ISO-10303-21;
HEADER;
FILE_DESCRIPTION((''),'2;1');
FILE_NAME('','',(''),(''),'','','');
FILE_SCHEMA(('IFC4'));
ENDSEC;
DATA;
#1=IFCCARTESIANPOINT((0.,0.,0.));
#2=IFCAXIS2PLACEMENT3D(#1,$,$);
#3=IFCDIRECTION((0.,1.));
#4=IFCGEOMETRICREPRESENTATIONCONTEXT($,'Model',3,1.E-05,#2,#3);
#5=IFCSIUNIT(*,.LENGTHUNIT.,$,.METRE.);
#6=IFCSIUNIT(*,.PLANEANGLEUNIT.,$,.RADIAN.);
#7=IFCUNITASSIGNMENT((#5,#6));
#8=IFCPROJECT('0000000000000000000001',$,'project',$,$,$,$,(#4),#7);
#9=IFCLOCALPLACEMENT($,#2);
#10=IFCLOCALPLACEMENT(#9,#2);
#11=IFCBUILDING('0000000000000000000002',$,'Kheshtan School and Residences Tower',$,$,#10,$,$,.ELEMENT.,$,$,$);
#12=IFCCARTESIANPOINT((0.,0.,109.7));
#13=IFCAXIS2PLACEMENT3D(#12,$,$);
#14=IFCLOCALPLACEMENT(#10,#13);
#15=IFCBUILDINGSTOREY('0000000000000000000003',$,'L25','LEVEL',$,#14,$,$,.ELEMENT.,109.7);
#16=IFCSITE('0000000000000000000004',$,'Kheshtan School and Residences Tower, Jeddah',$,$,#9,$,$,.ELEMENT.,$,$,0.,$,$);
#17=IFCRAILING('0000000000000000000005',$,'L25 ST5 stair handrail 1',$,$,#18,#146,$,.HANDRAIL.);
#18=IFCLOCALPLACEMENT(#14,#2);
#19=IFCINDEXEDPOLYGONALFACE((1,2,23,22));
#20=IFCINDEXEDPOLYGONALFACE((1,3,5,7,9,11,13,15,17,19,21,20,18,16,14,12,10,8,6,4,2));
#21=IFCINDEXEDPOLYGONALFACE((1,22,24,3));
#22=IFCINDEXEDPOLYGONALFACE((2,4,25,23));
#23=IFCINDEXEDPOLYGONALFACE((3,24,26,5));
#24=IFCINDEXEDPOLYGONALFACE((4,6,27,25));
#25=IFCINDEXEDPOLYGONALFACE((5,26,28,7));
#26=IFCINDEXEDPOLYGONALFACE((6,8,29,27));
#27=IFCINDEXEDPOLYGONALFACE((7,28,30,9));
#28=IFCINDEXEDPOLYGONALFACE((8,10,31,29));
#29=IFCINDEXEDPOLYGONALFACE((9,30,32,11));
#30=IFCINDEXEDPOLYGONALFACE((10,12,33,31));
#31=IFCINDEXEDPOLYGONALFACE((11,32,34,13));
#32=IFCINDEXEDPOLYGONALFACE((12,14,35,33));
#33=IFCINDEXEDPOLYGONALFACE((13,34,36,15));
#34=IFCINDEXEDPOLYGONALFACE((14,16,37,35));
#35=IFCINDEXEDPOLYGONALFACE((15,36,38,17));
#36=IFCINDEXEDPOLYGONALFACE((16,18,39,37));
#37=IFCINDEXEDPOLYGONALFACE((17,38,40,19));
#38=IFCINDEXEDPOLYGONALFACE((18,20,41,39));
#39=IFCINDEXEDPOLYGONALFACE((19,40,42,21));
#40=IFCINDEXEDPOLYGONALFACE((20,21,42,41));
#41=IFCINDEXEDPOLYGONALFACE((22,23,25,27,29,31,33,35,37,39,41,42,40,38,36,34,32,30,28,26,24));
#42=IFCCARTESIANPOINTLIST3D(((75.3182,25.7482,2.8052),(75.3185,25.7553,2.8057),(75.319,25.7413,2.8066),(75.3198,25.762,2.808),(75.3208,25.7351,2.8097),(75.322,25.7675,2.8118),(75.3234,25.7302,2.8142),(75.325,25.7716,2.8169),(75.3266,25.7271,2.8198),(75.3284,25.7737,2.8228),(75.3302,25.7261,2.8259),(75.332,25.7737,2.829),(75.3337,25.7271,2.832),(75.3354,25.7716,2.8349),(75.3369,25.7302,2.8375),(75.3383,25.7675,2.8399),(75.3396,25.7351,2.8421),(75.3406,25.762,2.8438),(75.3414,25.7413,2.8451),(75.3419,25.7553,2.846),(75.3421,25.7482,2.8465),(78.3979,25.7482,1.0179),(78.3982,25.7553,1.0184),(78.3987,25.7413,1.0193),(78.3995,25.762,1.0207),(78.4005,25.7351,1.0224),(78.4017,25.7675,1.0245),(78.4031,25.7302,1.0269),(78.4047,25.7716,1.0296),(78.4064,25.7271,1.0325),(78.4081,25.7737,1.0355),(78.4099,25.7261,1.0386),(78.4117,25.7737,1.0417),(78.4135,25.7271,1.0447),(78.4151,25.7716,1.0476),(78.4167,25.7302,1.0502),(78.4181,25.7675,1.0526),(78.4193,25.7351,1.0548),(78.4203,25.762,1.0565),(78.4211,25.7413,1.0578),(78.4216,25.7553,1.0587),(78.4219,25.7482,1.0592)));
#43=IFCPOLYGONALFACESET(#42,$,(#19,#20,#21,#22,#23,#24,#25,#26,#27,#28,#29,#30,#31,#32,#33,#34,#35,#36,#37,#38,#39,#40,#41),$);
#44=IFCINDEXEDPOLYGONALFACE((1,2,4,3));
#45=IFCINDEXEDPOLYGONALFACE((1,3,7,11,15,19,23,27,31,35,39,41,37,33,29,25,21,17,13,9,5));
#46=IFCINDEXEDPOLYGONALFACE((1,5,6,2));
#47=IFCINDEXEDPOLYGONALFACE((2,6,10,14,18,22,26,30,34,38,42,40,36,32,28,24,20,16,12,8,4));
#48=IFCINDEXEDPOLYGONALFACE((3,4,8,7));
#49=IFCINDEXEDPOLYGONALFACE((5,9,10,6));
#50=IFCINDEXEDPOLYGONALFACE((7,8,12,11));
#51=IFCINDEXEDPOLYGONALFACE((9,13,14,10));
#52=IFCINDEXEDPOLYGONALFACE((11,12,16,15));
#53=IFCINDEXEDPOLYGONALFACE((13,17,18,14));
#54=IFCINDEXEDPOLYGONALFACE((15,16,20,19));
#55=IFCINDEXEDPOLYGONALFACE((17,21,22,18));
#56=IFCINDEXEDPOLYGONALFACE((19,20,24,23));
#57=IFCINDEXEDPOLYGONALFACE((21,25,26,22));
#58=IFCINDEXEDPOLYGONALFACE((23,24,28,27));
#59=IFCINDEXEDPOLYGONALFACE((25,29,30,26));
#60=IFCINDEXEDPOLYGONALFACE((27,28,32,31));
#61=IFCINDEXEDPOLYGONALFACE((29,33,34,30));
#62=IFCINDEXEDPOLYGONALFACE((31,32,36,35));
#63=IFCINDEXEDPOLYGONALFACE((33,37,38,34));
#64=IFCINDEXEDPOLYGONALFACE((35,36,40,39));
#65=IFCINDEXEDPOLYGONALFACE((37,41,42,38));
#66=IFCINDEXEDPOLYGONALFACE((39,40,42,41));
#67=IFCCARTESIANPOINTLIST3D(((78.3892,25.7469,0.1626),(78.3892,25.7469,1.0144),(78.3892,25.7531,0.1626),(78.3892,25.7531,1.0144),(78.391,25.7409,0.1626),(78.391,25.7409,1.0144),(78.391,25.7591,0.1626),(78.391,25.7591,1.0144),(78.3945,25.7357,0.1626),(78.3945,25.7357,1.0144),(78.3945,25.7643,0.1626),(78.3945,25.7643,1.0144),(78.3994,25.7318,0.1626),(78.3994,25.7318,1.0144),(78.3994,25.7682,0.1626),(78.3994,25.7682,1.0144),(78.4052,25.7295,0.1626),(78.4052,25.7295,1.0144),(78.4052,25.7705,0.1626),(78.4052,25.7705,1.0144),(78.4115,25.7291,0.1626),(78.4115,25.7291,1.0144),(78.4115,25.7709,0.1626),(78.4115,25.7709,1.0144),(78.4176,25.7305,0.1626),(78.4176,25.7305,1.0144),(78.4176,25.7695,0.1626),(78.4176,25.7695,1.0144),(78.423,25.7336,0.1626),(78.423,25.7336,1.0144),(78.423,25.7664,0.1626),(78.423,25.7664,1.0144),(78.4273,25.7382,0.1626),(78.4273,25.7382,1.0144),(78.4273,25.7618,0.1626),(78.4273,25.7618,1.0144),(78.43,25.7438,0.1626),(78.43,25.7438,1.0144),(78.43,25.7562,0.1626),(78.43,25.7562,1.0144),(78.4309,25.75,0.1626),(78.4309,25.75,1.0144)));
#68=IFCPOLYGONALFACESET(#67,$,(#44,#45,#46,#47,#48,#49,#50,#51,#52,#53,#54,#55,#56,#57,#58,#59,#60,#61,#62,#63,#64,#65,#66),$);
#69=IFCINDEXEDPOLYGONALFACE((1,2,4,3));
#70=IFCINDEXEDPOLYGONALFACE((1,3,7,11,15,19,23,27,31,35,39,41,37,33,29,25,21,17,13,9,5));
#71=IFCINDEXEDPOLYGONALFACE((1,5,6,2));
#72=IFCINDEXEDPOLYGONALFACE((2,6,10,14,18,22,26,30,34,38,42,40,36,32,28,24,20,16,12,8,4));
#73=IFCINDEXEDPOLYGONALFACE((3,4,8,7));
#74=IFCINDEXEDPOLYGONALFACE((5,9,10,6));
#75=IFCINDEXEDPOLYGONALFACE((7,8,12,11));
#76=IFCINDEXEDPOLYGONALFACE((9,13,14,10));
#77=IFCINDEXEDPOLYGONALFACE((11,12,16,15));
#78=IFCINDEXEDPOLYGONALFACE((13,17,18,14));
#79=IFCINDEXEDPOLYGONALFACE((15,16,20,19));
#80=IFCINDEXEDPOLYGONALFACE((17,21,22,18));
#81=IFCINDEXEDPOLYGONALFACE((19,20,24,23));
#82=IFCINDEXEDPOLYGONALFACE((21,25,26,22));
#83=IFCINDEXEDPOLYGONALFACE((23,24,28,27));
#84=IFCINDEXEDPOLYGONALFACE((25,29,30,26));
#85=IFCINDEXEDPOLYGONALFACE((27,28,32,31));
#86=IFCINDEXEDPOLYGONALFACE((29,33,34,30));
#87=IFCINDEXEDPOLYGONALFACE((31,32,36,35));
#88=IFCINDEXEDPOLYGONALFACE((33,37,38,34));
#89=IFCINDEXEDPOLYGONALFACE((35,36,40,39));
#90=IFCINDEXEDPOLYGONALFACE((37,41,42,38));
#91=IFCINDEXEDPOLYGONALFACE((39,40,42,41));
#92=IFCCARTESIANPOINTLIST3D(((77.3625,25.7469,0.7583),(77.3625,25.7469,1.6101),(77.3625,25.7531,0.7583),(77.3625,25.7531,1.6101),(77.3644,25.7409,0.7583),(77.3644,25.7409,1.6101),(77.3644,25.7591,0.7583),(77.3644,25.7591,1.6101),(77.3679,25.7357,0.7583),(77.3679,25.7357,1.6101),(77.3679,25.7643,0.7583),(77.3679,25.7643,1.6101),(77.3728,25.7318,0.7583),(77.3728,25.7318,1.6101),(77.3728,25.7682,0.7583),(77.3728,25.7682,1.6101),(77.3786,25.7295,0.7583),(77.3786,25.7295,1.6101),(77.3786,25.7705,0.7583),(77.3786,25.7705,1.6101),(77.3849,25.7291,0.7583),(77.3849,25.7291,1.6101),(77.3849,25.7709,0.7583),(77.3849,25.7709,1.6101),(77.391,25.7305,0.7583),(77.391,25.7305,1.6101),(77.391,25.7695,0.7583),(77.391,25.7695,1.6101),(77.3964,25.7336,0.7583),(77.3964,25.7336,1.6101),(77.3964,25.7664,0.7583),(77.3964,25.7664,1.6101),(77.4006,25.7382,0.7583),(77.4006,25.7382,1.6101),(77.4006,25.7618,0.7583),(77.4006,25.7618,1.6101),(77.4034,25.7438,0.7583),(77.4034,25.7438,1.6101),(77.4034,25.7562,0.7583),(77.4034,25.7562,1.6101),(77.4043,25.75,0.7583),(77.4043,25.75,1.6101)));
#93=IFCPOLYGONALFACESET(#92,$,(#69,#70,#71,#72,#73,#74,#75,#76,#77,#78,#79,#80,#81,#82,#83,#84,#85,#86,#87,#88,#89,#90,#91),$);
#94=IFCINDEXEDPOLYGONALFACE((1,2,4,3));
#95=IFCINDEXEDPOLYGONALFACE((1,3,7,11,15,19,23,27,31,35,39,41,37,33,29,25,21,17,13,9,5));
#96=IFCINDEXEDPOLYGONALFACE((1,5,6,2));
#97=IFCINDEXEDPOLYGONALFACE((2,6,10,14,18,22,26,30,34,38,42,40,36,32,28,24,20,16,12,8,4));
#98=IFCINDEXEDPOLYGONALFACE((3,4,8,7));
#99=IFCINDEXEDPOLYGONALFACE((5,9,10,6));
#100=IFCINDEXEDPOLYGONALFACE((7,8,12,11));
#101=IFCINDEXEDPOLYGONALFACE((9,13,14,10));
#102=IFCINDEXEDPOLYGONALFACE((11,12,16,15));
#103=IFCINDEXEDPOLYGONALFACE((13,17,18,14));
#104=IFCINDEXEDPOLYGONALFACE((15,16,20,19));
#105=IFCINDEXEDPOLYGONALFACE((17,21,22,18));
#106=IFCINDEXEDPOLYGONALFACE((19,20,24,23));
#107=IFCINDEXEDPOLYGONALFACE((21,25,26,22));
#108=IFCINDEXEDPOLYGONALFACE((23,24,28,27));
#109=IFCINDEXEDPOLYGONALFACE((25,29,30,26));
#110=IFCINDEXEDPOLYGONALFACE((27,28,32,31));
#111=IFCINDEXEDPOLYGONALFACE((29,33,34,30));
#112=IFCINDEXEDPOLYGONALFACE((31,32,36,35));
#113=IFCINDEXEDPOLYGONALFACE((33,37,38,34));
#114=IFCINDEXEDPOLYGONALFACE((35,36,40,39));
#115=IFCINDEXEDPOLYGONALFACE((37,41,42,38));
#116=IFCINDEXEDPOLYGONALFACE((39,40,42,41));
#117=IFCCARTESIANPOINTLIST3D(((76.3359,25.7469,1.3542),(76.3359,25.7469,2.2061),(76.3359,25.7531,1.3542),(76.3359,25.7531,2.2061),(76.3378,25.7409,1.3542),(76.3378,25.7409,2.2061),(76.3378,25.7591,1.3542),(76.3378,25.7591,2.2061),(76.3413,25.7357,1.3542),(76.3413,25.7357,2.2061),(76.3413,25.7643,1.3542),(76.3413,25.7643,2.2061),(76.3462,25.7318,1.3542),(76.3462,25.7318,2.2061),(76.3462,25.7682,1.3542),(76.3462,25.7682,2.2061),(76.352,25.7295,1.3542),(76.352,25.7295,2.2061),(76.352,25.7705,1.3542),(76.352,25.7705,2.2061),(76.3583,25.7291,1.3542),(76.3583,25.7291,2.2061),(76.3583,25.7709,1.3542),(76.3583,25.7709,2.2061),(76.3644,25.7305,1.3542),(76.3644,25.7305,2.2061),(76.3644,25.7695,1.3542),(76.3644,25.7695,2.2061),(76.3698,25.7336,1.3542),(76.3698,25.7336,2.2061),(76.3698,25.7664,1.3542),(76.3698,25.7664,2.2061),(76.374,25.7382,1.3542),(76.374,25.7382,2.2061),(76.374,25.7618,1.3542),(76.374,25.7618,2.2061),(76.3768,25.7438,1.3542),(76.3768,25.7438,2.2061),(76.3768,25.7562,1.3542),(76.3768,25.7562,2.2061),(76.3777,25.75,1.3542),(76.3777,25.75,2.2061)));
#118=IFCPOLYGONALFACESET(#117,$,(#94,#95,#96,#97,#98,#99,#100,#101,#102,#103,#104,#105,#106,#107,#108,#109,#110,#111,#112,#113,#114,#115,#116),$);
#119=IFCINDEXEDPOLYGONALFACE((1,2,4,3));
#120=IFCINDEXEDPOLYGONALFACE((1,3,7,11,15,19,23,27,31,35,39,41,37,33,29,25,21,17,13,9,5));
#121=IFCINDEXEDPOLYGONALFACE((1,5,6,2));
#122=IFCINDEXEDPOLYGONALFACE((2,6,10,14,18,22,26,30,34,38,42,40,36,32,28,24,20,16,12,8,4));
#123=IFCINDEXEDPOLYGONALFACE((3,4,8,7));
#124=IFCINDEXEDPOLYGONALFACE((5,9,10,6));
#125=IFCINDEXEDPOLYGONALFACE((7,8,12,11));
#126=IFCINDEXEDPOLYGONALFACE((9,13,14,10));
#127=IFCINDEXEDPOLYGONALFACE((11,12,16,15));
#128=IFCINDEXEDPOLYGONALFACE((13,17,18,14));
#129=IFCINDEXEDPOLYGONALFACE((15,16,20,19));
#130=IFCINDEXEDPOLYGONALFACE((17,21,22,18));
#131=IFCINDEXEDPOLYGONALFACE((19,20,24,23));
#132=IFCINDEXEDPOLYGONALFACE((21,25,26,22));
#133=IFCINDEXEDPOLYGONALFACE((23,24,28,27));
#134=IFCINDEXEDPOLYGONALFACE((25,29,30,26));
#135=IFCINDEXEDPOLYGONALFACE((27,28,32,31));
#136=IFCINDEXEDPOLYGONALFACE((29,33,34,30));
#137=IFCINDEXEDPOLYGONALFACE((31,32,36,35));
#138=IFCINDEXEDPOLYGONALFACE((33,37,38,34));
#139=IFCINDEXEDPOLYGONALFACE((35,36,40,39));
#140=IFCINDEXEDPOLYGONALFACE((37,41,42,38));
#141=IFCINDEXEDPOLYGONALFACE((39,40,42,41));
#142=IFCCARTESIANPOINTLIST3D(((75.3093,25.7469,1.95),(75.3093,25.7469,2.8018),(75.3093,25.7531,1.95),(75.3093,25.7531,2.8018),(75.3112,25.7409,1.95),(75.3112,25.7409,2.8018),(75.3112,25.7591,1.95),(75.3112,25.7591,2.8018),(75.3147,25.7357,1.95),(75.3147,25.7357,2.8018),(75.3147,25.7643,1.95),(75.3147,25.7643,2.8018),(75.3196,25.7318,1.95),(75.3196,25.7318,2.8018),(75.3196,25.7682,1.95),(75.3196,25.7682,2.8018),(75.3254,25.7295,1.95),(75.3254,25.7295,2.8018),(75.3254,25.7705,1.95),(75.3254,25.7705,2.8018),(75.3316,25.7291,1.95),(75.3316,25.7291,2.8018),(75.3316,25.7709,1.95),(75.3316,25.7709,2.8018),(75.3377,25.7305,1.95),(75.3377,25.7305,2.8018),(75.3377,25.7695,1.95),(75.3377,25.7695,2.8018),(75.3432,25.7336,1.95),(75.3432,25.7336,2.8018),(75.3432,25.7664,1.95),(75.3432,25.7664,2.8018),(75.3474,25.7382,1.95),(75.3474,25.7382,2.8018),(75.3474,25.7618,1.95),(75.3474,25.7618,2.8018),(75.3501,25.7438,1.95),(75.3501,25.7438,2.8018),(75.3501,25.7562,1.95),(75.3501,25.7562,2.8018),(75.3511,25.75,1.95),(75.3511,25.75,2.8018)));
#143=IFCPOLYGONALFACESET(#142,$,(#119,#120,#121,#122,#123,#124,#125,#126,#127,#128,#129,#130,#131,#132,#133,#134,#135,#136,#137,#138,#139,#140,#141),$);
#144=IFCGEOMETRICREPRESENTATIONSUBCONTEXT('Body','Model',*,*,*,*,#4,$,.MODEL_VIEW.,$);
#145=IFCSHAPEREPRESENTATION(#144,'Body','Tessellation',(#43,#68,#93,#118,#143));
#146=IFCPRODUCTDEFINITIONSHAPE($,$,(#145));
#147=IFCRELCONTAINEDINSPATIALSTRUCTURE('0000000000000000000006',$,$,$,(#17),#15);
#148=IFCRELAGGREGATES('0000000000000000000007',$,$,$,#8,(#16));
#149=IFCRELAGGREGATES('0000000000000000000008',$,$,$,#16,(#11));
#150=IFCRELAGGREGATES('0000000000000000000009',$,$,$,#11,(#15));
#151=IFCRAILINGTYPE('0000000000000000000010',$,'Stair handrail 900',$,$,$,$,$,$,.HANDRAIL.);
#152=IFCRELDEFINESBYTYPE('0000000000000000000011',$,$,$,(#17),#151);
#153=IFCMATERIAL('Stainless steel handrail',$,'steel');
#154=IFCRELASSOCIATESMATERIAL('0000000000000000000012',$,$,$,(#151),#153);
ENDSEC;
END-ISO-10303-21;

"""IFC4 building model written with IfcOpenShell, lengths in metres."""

from ifc_helpers import new_model, si_unit, direction, frame, origin, origin_2d, place, context, subcontext, project, spatial, circle, extrude, material, type_object, element, save


model = new_model("IFC4")

# Units and contexts
model_context = context("Model", 3, precision=1e-05, world=origin(), true_north=direction((0.0, 1.0)))
body_context = subcontext(model_context, "Body", "Model", "MODEL_VIEW")
ifc_project = project(units=[si_unit("LENGTHUNIT", "METRE"), si_unit("PLANEANGLEUNIT", "RADIAN")], contexts=[model_context])

# Site, building, storey
site_placement = place(None, origin())
site = spatial("IfcSite", under=ifc_project, at=site_placement, Name="Kheshtan School and Residences Tower, Jeddah", CompositionType="ELEMENT", RefElevation=0.0)
building_placement = place(site_placement, origin())
building = spatial("IfcBuilding", under=site, at=building_placement, Name="Kheshtan School and Residences Tower", CompositionType="ELEMENT")
storey_placement = place(building_placement, frame((0.0, 0.0, 109.7)))
storey = spatial("IfcBuildingStorey", under=building, at=storey_placement, Name="L25", Description="LEVEL", CompositionType="ELEMENT", Elevation=109.7)

# Railing
ifc_material_1 = material(Name="Stainless steel handrail", Category="steel")
railing_type_1 = type_object("IfcRailingType", Name="Stair handrail 900", PredefinedType="HANDRAIL", material=ifc_material_1)
railing_1_placement = place(storey_placement, frame((78.4099, 25.75, 0.1626)))
element("IfcRailing", 1, at=railing_1_placement, inside=storey, type_object=railing_type_1, Name="L25 ST5 stair handrail 1", PredefinedType="HANDRAIL", context=body_context, shape_type="SweptSolid", body=[
    extrude(circle(Radius=0.0239, at=origin_2d()), frame((0.0, 0.0, 0.876), z_axis=(-0.864903, 0.0, 0.501939), x_axis=(0.0, -1.0, 0.0)), (0.0, 0.0, 1.0), 3.5608),
    extrude(circle(Radius=0.021, at=origin_2d()), origin(), (0.0, 0.0, 1.0), 0.8518),
    extrude(circle(Radius=0.021, at=origin_2d()), frame((-1.0266, 0.0, 0.5957)), (0.0, 0.0, 1.0), 0.8518),
    extrude(circle(Radius=0.021, at=origin_2d()), frame((-2.0532, 0.0, 1.1917)), (0.0, 0.0, 1.0), 0.8518),
    extrude(circle(Radius=0.021, at=origin_2d()), frame((-3.0798, 0.0, 1.7874)), (0.0, 0.0, 1.0), 0.8518),
])

save(model, "model.ifc")
